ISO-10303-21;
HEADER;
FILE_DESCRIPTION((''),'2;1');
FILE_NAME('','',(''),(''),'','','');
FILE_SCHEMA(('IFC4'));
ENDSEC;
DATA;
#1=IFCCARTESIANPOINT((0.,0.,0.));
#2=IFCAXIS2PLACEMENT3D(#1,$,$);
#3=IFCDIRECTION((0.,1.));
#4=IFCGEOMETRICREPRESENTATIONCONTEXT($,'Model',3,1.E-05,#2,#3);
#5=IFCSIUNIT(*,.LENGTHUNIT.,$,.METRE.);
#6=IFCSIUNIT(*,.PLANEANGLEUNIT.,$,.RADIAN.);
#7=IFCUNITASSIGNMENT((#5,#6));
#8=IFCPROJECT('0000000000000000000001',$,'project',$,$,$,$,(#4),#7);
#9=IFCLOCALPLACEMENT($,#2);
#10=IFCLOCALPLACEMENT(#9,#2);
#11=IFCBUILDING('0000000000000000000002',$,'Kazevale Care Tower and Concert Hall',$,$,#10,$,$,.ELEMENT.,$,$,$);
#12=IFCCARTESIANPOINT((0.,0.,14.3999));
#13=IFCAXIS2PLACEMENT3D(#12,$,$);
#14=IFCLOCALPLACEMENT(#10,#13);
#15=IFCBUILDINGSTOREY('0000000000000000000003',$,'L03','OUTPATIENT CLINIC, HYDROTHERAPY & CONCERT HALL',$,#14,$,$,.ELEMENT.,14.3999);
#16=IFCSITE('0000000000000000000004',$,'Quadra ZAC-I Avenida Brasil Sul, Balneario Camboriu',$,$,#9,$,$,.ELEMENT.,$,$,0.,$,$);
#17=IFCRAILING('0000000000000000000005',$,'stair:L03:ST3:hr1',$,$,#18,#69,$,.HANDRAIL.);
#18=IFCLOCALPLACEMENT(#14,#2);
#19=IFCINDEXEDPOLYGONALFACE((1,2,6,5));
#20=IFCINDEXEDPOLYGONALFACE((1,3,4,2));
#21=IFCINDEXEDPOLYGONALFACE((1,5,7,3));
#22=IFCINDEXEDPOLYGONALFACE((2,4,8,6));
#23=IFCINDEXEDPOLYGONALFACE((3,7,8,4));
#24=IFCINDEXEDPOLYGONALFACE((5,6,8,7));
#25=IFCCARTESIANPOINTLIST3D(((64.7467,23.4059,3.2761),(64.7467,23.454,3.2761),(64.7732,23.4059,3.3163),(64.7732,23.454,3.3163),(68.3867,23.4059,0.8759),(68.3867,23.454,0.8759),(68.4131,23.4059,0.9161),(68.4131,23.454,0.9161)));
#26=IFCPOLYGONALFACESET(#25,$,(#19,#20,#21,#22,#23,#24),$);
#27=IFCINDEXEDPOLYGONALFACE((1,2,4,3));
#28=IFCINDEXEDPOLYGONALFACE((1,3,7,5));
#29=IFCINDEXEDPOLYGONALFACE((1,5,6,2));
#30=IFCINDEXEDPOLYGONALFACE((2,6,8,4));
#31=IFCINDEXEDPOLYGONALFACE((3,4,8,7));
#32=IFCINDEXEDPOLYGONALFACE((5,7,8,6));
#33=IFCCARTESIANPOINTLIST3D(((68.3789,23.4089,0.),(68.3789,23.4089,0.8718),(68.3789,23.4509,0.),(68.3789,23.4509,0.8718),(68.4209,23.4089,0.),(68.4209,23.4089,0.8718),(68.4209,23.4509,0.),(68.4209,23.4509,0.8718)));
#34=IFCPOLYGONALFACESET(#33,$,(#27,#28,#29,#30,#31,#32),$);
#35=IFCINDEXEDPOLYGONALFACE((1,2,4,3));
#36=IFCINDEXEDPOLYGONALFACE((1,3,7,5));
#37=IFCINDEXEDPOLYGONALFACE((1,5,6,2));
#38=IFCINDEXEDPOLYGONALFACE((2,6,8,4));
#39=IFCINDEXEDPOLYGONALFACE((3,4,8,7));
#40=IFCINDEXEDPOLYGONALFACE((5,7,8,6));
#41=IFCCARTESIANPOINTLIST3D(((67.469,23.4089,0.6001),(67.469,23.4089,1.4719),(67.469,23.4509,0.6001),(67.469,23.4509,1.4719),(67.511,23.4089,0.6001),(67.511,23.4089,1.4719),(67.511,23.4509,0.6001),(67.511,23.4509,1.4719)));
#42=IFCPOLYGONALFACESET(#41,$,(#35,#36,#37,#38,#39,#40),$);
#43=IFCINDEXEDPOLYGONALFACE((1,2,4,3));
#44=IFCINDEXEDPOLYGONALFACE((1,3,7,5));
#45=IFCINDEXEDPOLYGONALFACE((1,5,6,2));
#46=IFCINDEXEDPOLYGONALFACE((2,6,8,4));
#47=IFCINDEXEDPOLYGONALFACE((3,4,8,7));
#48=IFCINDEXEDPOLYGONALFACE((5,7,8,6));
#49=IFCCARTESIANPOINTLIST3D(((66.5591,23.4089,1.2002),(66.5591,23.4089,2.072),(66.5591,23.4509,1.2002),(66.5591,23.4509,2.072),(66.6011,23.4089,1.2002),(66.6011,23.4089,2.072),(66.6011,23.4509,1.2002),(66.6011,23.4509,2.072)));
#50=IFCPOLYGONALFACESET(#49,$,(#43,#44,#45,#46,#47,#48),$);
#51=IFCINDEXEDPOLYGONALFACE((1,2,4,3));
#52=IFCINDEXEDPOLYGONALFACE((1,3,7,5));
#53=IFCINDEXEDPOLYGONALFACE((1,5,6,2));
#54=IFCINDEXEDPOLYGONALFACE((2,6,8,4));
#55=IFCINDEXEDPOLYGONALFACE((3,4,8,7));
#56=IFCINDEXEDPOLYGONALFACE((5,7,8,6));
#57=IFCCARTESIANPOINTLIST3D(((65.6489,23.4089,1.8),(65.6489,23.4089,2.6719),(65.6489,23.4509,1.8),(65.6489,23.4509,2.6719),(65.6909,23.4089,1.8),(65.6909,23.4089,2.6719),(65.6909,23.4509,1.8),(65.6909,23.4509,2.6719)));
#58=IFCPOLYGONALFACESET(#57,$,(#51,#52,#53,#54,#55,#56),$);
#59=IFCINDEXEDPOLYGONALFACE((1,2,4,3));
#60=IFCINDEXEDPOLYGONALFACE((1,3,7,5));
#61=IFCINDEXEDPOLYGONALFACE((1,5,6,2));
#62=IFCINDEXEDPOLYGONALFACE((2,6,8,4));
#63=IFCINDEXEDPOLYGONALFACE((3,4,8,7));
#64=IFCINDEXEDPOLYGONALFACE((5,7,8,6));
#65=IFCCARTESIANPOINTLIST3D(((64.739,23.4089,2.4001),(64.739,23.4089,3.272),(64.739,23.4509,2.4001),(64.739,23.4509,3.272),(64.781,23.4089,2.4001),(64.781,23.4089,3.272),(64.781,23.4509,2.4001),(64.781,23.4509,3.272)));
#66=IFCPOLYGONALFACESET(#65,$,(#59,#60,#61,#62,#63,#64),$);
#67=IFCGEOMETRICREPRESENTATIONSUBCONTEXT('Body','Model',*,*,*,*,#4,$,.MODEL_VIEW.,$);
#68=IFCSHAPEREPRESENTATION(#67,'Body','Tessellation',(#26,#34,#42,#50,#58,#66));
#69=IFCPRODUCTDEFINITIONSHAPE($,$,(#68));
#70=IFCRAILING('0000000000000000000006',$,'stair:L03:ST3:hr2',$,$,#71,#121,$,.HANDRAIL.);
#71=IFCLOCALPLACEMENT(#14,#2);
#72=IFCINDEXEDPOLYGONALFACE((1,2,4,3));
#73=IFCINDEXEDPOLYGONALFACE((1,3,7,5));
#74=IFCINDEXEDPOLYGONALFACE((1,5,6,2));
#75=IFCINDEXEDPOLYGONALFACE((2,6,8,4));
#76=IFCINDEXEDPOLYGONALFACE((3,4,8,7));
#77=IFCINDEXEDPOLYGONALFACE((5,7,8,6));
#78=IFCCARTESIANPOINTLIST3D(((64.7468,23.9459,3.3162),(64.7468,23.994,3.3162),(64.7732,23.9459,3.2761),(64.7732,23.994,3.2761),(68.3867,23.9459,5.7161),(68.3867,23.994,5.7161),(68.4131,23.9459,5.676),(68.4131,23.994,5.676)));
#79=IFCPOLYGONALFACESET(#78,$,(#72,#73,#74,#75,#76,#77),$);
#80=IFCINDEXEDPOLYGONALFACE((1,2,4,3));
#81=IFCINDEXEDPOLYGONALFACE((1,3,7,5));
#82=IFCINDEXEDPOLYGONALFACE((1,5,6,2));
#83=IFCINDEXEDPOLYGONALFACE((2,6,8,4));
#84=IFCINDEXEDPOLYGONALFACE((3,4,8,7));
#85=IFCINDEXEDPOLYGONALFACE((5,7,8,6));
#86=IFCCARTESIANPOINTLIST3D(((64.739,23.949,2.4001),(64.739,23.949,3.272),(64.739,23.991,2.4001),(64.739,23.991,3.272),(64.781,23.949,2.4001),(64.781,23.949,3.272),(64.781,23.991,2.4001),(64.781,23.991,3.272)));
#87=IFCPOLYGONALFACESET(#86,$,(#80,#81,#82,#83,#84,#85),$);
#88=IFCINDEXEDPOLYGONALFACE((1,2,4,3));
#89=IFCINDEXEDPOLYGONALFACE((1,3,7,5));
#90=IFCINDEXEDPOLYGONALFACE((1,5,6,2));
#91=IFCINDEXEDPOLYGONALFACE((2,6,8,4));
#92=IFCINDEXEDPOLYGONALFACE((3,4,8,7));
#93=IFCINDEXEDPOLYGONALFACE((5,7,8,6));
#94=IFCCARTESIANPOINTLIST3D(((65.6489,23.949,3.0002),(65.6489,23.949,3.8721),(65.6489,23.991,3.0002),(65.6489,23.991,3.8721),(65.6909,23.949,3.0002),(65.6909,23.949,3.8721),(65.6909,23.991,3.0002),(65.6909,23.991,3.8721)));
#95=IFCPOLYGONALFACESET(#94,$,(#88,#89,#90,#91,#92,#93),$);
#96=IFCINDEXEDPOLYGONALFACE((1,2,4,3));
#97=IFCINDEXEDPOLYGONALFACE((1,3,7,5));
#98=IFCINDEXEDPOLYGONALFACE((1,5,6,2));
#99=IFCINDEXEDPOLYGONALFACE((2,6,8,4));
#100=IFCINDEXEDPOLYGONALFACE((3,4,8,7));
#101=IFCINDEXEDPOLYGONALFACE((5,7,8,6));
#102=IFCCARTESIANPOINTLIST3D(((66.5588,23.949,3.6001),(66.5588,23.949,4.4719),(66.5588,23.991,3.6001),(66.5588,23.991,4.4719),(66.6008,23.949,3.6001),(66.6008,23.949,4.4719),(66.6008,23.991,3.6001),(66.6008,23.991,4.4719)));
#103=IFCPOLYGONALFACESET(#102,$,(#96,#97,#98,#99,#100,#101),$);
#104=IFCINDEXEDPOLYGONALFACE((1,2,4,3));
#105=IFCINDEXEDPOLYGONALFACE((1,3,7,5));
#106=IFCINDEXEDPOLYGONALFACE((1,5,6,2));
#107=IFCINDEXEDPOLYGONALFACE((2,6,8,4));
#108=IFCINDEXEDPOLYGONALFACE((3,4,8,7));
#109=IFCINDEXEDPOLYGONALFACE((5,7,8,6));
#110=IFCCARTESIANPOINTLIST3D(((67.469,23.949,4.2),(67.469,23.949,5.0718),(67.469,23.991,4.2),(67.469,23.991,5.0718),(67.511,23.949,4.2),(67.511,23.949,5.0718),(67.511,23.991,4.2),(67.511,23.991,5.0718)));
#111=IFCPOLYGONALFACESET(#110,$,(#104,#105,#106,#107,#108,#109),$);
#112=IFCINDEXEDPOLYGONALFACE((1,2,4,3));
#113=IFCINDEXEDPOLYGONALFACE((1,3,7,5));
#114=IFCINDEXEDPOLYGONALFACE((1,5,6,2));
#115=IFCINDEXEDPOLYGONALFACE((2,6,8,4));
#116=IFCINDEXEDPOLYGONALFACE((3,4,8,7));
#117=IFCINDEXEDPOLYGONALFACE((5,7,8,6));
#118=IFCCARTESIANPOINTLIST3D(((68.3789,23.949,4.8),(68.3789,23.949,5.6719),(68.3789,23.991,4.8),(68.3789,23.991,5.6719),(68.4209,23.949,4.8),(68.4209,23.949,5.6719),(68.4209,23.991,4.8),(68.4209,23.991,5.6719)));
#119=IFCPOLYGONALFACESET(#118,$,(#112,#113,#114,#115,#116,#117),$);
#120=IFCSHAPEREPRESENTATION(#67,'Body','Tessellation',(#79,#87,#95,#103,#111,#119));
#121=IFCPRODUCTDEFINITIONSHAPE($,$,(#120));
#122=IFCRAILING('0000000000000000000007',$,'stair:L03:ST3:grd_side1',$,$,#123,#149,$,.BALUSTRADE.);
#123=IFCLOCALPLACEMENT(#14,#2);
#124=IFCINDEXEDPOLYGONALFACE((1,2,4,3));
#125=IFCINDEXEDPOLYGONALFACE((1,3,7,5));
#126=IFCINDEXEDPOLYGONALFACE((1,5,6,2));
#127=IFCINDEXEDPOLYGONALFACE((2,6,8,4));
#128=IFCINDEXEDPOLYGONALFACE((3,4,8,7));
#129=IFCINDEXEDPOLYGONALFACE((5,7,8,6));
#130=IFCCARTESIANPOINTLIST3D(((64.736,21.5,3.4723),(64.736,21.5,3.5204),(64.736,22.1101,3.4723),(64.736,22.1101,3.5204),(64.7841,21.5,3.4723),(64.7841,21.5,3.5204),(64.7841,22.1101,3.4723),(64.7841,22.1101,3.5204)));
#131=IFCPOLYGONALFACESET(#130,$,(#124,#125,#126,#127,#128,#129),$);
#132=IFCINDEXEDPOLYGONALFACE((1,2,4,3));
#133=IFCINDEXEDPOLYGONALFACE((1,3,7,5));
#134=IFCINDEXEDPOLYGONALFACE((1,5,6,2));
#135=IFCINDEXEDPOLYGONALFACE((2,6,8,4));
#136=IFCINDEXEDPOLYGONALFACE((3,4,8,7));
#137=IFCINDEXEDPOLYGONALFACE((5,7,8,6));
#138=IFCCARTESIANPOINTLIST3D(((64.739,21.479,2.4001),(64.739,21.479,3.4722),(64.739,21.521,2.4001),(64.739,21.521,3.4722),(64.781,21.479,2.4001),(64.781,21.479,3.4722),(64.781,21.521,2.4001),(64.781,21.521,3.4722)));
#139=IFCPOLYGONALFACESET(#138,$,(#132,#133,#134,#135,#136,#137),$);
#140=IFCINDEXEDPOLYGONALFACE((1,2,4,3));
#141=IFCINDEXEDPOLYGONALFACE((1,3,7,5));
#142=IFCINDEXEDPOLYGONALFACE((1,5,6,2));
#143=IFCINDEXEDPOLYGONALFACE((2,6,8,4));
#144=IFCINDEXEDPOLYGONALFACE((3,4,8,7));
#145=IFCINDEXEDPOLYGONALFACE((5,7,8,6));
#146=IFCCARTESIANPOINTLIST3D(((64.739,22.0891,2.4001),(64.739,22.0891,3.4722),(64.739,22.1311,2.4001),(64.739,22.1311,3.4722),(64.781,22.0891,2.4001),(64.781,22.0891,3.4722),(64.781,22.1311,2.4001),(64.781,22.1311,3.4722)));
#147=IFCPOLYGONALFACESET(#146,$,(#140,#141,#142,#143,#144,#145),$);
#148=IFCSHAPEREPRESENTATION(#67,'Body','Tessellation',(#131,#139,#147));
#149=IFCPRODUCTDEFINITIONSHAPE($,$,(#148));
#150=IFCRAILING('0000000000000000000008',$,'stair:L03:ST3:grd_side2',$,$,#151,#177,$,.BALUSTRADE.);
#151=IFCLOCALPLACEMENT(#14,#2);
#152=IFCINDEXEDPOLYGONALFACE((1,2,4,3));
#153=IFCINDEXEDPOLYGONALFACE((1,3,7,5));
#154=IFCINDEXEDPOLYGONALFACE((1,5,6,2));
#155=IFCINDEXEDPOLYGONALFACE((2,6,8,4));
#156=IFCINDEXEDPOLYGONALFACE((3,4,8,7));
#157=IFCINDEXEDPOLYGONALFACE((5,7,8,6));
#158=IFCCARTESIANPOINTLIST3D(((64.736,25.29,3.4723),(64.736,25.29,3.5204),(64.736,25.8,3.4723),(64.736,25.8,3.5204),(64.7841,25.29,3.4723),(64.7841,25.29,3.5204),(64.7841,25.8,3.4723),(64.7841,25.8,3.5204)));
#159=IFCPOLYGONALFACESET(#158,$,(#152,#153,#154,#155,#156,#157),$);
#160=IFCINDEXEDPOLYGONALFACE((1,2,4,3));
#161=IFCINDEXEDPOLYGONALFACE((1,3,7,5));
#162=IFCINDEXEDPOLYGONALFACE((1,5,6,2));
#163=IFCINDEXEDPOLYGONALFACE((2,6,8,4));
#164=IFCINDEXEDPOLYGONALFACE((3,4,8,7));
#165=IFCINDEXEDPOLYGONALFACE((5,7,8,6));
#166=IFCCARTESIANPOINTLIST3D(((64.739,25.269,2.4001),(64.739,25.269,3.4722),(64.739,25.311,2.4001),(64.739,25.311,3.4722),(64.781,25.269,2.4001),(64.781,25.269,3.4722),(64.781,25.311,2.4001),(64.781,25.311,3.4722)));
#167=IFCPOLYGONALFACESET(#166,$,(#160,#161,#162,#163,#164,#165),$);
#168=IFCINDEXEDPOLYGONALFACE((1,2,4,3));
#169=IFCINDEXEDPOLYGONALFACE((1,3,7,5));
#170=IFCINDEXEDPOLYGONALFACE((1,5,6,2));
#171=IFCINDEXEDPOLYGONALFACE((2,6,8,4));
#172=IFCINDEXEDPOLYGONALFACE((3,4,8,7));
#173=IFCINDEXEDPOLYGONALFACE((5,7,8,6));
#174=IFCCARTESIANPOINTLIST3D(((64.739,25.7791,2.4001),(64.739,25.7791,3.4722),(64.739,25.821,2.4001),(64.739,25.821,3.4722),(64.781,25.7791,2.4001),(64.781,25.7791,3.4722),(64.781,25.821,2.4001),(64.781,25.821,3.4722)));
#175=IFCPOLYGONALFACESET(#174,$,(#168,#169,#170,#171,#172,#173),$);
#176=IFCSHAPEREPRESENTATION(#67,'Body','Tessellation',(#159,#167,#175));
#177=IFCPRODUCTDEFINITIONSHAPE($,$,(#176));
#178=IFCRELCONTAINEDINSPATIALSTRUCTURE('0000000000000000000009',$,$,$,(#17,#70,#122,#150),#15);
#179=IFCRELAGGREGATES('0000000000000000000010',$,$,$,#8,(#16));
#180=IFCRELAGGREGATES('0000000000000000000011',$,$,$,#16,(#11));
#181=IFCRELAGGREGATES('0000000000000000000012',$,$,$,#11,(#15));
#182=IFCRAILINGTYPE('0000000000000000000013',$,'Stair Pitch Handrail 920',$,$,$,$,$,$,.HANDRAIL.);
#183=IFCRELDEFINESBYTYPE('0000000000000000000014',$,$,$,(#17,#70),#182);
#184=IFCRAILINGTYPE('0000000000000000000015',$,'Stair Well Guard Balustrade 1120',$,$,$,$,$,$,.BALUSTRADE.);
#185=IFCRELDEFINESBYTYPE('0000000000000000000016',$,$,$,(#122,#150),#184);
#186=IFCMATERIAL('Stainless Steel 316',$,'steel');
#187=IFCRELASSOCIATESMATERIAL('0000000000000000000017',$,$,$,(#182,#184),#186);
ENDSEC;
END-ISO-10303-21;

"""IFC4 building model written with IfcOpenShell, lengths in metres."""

from ifc_helpers import new_model, si_unit, direction, frame, origin, origin_2d, place, context, subcontext, project, spatial, rectangle, extrude, material, type_object, element, save


model = new_model("IFC4")

# Units and contexts
model_context = context("Model", 3, precision=1e-05, world=origin(), true_north=direction((0.0, 1.0)))
body_context = subcontext(model_context, "Body", "Model", "MODEL_VIEW")
ifc_project = project(units=[si_unit("LENGTHUNIT", "METRE"), si_unit("PLANEANGLEUNIT", "RADIAN")], contexts=[model_context])

# Site, building, storey
site_placement = place(None, origin())
site = spatial("IfcSite", under=ifc_project, at=site_placement, Name="Quadra ZAC-I Avenida Brasil Sul, Balneario Camboriu", CompositionType="ELEMENT", RefElevation=0.0)
building_placement = place(site_placement, origin())
building = spatial("IfcBuilding", under=site, at=building_placement, Name="Kazevale Care Tower and Concert Hall", CompositionType="ELEMENT")
storey_placement = place(building_placement, frame((0.0, 0.0, 14.3999)))
storey = spatial("IfcBuildingStorey", under=building, at=storey_placement, Name="L03", Description="OUTPATIENT CLINIC, HYDROTHERAPY & CONCERT HALL", CompositionType="ELEMENT", Elevation=14.3999)

# Railings
ifc_material_1 = material(Name="Stainless Steel 316", Category="steel")
railing_type_1 = type_object("IfcRailingType", Name="Stair Pitch Handrail 920", PredefinedType="HANDRAIL", material=ifc_material_1)
railing_1_placement = place(storey_placement, frame((68.3999, 23.4299, 0.0)))
element("IfcRailing", 1, at=railing_1_placement, inside=storey, type_object=railing_type_1, Name="stair:L03:ST3:hr1", PredefinedType="HANDRAIL", context=body_context, shape_type="SweptSolid", body=[
    extrude(rectangle(XDim=0.0481, YDim=0.0481, at=origin_2d()), frame((0.0, 0.0, 0.896), z_axis=(-0.834839, 0.0, 0.550493), x_axis=(0.0, -1.0, 0.0)), (0.0, 0.0, 1.0), 4.3601),
    extrude(rectangle(XDim=0.042, YDim=0.042, at=origin_2d()), origin(), (0.0, 0.0, 1.0), 0.8718),
    extrude(rectangle(XDim=0.042, YDim=0.042, at=origin_2d()), frame((-0.9099, 0.0, 0.6001)), (0.0, 0.0, 1.0), 0.8718),
    extrude(rectangle(XDim=0.042, YDim=0.042, at=origin_2d()), frame((-1.8198, 0.0, 1.2002)), (0.0, 0.0, 1.0), 0.8718),
    extrude(rectangle(XDim=0.042, YDim=0.042, at=origin_2d()), frame((-2.73, 0.0, 1.8)), (0.0, 0.0, 1.0), 0.8718),
    extrude(rectangle(XDim=0.042, YDim=0.042, at=origin_2d()), frame((-3.6399, 0.0, 2.4001)), (0.0, 0.0, 1.0), 0.8718),
])
railing_2_placement = place(storey_placement, frame((64.76, 23.97, 2.4001)))
element("IfcRailing", 2, at=railing_2_placement, inside=storey, type_object=railing_type_1, Name="stair:L03:ST3:hr2", PredefinedType="HANDRAIL", context=body_context, shape_type="SweptSolid", body=[
    extrude(rectangle(XDim=0.0481, YDim=0.0481, at=origin_2d()), frame((0.0, 0.0, 0.896), z_axis=(0.834865, 0.0, 0.550454), x_axis=(0.0, 1.0, 0.0)), (0.0, 0.0, 1.0), 4.3599),
    extrude(rectangle(XDim=0.042, YDim=0.042, at=origin_2d()), origin(), (0.0, 0.0, 1.0), 0.8718),
    extrude(rectangle(XDim=0.042, YDim=0.042, at=origin_2d()), frame((0.9099, 0.0, 0.6001)), (0.0, 0.0, 1.0), 0.8718),
    extrude(rectangle(XDim=0.042, YDim=0.042, at=origin_2d()), frame((1.8198, 0.0, 1.2)), (0.0, 0.0, 1.0), 0.8718),
    extrude(rectangle(XDim=0.042, YDim=0.042, at=origin_2d()), frame((2.73, 0.0, 1.7998)), (0.0, 0.0, 1.0), 0.8718),
    extrude(rectangle(XDim=0.042, YDim=0.042, at=origin_2d()), frame((3.6399, 0.0, 2.3999)), (0.0, 0.0, 1.0), 0.8718),
])
railing_type_2 = type_object("IfcRailingType", Name="Stair Well Guard Balustrade 1120", PredefinedType="BALUSTRADE", material=ifc_material_1)
railing_3_placement = place(storey_placement, frame((64.76, 21.5, 2.4001)))
element("IfcRailing", 3, at=railing_3_placement, inside=storey, type_object=railing_type_2, Name="stair:L03:ST3:grd_side1", PredefinedType="BALUSTRADE", context=body_context, shape_type="SweptSolid", body=[
    extrude(rectangle(XDim=0.0481, YDim=0.0481, at=origin_2d()), frame((0.0, 0.0, 1.0962), z_axis=(0.0, 1.0, 0.0), x_axis=(-1.0, 0.0, 0.0)), (0.0, 0.0, 1.0), 0.6101),
    extrude(rectangle(XDim=0.042, YDim=0.042, at=origin_2d()), origin(), (0.0, 0.0, 1.0), 1.072),
    extrude(rectangle(XDim=0.042, YDim=0.042, at=origin_2d()), frame((0.0, 0.6101, 0.0)), (0.0, 0.0, 1.0), 1.072),
])
railing_4_placement = place(storey_placement, frame((64.76, 25.29, 2.4001)))
element("IfcRailing", 4, at=railing_4_placement, inside=storey, type_object=railing_type_2, Name="stair:L03:ST3:grd_side2", PredefinedType="BALUSTRADE", context=body_context, shape_type="SweptSolid", body=[
    extrude(rectangle(XDim=0.0481, YDim=0.0481, at=origin_2d()), frame((0.0, 0.0, 1.0962), z_axis=(0.0, 1.0, 0.0), x_axis=(-1.0, 0.0, 0.0)), (0.0, 0.0, 1.0), 0.51),
    extrude(rectangle(XDim=0.042, YDim=0.042, at=origin_2d()), origin(), (0.0, 0.0, 1.0), 1.072),
    extrude(rectangle(XDim=0.042, YDim=0.042, at=origin_2d()), frame((0.0, 0.51, 0.0)), (0.0, 0.0, 1.0), 1.072),
])

save(model, "model.ifc")
